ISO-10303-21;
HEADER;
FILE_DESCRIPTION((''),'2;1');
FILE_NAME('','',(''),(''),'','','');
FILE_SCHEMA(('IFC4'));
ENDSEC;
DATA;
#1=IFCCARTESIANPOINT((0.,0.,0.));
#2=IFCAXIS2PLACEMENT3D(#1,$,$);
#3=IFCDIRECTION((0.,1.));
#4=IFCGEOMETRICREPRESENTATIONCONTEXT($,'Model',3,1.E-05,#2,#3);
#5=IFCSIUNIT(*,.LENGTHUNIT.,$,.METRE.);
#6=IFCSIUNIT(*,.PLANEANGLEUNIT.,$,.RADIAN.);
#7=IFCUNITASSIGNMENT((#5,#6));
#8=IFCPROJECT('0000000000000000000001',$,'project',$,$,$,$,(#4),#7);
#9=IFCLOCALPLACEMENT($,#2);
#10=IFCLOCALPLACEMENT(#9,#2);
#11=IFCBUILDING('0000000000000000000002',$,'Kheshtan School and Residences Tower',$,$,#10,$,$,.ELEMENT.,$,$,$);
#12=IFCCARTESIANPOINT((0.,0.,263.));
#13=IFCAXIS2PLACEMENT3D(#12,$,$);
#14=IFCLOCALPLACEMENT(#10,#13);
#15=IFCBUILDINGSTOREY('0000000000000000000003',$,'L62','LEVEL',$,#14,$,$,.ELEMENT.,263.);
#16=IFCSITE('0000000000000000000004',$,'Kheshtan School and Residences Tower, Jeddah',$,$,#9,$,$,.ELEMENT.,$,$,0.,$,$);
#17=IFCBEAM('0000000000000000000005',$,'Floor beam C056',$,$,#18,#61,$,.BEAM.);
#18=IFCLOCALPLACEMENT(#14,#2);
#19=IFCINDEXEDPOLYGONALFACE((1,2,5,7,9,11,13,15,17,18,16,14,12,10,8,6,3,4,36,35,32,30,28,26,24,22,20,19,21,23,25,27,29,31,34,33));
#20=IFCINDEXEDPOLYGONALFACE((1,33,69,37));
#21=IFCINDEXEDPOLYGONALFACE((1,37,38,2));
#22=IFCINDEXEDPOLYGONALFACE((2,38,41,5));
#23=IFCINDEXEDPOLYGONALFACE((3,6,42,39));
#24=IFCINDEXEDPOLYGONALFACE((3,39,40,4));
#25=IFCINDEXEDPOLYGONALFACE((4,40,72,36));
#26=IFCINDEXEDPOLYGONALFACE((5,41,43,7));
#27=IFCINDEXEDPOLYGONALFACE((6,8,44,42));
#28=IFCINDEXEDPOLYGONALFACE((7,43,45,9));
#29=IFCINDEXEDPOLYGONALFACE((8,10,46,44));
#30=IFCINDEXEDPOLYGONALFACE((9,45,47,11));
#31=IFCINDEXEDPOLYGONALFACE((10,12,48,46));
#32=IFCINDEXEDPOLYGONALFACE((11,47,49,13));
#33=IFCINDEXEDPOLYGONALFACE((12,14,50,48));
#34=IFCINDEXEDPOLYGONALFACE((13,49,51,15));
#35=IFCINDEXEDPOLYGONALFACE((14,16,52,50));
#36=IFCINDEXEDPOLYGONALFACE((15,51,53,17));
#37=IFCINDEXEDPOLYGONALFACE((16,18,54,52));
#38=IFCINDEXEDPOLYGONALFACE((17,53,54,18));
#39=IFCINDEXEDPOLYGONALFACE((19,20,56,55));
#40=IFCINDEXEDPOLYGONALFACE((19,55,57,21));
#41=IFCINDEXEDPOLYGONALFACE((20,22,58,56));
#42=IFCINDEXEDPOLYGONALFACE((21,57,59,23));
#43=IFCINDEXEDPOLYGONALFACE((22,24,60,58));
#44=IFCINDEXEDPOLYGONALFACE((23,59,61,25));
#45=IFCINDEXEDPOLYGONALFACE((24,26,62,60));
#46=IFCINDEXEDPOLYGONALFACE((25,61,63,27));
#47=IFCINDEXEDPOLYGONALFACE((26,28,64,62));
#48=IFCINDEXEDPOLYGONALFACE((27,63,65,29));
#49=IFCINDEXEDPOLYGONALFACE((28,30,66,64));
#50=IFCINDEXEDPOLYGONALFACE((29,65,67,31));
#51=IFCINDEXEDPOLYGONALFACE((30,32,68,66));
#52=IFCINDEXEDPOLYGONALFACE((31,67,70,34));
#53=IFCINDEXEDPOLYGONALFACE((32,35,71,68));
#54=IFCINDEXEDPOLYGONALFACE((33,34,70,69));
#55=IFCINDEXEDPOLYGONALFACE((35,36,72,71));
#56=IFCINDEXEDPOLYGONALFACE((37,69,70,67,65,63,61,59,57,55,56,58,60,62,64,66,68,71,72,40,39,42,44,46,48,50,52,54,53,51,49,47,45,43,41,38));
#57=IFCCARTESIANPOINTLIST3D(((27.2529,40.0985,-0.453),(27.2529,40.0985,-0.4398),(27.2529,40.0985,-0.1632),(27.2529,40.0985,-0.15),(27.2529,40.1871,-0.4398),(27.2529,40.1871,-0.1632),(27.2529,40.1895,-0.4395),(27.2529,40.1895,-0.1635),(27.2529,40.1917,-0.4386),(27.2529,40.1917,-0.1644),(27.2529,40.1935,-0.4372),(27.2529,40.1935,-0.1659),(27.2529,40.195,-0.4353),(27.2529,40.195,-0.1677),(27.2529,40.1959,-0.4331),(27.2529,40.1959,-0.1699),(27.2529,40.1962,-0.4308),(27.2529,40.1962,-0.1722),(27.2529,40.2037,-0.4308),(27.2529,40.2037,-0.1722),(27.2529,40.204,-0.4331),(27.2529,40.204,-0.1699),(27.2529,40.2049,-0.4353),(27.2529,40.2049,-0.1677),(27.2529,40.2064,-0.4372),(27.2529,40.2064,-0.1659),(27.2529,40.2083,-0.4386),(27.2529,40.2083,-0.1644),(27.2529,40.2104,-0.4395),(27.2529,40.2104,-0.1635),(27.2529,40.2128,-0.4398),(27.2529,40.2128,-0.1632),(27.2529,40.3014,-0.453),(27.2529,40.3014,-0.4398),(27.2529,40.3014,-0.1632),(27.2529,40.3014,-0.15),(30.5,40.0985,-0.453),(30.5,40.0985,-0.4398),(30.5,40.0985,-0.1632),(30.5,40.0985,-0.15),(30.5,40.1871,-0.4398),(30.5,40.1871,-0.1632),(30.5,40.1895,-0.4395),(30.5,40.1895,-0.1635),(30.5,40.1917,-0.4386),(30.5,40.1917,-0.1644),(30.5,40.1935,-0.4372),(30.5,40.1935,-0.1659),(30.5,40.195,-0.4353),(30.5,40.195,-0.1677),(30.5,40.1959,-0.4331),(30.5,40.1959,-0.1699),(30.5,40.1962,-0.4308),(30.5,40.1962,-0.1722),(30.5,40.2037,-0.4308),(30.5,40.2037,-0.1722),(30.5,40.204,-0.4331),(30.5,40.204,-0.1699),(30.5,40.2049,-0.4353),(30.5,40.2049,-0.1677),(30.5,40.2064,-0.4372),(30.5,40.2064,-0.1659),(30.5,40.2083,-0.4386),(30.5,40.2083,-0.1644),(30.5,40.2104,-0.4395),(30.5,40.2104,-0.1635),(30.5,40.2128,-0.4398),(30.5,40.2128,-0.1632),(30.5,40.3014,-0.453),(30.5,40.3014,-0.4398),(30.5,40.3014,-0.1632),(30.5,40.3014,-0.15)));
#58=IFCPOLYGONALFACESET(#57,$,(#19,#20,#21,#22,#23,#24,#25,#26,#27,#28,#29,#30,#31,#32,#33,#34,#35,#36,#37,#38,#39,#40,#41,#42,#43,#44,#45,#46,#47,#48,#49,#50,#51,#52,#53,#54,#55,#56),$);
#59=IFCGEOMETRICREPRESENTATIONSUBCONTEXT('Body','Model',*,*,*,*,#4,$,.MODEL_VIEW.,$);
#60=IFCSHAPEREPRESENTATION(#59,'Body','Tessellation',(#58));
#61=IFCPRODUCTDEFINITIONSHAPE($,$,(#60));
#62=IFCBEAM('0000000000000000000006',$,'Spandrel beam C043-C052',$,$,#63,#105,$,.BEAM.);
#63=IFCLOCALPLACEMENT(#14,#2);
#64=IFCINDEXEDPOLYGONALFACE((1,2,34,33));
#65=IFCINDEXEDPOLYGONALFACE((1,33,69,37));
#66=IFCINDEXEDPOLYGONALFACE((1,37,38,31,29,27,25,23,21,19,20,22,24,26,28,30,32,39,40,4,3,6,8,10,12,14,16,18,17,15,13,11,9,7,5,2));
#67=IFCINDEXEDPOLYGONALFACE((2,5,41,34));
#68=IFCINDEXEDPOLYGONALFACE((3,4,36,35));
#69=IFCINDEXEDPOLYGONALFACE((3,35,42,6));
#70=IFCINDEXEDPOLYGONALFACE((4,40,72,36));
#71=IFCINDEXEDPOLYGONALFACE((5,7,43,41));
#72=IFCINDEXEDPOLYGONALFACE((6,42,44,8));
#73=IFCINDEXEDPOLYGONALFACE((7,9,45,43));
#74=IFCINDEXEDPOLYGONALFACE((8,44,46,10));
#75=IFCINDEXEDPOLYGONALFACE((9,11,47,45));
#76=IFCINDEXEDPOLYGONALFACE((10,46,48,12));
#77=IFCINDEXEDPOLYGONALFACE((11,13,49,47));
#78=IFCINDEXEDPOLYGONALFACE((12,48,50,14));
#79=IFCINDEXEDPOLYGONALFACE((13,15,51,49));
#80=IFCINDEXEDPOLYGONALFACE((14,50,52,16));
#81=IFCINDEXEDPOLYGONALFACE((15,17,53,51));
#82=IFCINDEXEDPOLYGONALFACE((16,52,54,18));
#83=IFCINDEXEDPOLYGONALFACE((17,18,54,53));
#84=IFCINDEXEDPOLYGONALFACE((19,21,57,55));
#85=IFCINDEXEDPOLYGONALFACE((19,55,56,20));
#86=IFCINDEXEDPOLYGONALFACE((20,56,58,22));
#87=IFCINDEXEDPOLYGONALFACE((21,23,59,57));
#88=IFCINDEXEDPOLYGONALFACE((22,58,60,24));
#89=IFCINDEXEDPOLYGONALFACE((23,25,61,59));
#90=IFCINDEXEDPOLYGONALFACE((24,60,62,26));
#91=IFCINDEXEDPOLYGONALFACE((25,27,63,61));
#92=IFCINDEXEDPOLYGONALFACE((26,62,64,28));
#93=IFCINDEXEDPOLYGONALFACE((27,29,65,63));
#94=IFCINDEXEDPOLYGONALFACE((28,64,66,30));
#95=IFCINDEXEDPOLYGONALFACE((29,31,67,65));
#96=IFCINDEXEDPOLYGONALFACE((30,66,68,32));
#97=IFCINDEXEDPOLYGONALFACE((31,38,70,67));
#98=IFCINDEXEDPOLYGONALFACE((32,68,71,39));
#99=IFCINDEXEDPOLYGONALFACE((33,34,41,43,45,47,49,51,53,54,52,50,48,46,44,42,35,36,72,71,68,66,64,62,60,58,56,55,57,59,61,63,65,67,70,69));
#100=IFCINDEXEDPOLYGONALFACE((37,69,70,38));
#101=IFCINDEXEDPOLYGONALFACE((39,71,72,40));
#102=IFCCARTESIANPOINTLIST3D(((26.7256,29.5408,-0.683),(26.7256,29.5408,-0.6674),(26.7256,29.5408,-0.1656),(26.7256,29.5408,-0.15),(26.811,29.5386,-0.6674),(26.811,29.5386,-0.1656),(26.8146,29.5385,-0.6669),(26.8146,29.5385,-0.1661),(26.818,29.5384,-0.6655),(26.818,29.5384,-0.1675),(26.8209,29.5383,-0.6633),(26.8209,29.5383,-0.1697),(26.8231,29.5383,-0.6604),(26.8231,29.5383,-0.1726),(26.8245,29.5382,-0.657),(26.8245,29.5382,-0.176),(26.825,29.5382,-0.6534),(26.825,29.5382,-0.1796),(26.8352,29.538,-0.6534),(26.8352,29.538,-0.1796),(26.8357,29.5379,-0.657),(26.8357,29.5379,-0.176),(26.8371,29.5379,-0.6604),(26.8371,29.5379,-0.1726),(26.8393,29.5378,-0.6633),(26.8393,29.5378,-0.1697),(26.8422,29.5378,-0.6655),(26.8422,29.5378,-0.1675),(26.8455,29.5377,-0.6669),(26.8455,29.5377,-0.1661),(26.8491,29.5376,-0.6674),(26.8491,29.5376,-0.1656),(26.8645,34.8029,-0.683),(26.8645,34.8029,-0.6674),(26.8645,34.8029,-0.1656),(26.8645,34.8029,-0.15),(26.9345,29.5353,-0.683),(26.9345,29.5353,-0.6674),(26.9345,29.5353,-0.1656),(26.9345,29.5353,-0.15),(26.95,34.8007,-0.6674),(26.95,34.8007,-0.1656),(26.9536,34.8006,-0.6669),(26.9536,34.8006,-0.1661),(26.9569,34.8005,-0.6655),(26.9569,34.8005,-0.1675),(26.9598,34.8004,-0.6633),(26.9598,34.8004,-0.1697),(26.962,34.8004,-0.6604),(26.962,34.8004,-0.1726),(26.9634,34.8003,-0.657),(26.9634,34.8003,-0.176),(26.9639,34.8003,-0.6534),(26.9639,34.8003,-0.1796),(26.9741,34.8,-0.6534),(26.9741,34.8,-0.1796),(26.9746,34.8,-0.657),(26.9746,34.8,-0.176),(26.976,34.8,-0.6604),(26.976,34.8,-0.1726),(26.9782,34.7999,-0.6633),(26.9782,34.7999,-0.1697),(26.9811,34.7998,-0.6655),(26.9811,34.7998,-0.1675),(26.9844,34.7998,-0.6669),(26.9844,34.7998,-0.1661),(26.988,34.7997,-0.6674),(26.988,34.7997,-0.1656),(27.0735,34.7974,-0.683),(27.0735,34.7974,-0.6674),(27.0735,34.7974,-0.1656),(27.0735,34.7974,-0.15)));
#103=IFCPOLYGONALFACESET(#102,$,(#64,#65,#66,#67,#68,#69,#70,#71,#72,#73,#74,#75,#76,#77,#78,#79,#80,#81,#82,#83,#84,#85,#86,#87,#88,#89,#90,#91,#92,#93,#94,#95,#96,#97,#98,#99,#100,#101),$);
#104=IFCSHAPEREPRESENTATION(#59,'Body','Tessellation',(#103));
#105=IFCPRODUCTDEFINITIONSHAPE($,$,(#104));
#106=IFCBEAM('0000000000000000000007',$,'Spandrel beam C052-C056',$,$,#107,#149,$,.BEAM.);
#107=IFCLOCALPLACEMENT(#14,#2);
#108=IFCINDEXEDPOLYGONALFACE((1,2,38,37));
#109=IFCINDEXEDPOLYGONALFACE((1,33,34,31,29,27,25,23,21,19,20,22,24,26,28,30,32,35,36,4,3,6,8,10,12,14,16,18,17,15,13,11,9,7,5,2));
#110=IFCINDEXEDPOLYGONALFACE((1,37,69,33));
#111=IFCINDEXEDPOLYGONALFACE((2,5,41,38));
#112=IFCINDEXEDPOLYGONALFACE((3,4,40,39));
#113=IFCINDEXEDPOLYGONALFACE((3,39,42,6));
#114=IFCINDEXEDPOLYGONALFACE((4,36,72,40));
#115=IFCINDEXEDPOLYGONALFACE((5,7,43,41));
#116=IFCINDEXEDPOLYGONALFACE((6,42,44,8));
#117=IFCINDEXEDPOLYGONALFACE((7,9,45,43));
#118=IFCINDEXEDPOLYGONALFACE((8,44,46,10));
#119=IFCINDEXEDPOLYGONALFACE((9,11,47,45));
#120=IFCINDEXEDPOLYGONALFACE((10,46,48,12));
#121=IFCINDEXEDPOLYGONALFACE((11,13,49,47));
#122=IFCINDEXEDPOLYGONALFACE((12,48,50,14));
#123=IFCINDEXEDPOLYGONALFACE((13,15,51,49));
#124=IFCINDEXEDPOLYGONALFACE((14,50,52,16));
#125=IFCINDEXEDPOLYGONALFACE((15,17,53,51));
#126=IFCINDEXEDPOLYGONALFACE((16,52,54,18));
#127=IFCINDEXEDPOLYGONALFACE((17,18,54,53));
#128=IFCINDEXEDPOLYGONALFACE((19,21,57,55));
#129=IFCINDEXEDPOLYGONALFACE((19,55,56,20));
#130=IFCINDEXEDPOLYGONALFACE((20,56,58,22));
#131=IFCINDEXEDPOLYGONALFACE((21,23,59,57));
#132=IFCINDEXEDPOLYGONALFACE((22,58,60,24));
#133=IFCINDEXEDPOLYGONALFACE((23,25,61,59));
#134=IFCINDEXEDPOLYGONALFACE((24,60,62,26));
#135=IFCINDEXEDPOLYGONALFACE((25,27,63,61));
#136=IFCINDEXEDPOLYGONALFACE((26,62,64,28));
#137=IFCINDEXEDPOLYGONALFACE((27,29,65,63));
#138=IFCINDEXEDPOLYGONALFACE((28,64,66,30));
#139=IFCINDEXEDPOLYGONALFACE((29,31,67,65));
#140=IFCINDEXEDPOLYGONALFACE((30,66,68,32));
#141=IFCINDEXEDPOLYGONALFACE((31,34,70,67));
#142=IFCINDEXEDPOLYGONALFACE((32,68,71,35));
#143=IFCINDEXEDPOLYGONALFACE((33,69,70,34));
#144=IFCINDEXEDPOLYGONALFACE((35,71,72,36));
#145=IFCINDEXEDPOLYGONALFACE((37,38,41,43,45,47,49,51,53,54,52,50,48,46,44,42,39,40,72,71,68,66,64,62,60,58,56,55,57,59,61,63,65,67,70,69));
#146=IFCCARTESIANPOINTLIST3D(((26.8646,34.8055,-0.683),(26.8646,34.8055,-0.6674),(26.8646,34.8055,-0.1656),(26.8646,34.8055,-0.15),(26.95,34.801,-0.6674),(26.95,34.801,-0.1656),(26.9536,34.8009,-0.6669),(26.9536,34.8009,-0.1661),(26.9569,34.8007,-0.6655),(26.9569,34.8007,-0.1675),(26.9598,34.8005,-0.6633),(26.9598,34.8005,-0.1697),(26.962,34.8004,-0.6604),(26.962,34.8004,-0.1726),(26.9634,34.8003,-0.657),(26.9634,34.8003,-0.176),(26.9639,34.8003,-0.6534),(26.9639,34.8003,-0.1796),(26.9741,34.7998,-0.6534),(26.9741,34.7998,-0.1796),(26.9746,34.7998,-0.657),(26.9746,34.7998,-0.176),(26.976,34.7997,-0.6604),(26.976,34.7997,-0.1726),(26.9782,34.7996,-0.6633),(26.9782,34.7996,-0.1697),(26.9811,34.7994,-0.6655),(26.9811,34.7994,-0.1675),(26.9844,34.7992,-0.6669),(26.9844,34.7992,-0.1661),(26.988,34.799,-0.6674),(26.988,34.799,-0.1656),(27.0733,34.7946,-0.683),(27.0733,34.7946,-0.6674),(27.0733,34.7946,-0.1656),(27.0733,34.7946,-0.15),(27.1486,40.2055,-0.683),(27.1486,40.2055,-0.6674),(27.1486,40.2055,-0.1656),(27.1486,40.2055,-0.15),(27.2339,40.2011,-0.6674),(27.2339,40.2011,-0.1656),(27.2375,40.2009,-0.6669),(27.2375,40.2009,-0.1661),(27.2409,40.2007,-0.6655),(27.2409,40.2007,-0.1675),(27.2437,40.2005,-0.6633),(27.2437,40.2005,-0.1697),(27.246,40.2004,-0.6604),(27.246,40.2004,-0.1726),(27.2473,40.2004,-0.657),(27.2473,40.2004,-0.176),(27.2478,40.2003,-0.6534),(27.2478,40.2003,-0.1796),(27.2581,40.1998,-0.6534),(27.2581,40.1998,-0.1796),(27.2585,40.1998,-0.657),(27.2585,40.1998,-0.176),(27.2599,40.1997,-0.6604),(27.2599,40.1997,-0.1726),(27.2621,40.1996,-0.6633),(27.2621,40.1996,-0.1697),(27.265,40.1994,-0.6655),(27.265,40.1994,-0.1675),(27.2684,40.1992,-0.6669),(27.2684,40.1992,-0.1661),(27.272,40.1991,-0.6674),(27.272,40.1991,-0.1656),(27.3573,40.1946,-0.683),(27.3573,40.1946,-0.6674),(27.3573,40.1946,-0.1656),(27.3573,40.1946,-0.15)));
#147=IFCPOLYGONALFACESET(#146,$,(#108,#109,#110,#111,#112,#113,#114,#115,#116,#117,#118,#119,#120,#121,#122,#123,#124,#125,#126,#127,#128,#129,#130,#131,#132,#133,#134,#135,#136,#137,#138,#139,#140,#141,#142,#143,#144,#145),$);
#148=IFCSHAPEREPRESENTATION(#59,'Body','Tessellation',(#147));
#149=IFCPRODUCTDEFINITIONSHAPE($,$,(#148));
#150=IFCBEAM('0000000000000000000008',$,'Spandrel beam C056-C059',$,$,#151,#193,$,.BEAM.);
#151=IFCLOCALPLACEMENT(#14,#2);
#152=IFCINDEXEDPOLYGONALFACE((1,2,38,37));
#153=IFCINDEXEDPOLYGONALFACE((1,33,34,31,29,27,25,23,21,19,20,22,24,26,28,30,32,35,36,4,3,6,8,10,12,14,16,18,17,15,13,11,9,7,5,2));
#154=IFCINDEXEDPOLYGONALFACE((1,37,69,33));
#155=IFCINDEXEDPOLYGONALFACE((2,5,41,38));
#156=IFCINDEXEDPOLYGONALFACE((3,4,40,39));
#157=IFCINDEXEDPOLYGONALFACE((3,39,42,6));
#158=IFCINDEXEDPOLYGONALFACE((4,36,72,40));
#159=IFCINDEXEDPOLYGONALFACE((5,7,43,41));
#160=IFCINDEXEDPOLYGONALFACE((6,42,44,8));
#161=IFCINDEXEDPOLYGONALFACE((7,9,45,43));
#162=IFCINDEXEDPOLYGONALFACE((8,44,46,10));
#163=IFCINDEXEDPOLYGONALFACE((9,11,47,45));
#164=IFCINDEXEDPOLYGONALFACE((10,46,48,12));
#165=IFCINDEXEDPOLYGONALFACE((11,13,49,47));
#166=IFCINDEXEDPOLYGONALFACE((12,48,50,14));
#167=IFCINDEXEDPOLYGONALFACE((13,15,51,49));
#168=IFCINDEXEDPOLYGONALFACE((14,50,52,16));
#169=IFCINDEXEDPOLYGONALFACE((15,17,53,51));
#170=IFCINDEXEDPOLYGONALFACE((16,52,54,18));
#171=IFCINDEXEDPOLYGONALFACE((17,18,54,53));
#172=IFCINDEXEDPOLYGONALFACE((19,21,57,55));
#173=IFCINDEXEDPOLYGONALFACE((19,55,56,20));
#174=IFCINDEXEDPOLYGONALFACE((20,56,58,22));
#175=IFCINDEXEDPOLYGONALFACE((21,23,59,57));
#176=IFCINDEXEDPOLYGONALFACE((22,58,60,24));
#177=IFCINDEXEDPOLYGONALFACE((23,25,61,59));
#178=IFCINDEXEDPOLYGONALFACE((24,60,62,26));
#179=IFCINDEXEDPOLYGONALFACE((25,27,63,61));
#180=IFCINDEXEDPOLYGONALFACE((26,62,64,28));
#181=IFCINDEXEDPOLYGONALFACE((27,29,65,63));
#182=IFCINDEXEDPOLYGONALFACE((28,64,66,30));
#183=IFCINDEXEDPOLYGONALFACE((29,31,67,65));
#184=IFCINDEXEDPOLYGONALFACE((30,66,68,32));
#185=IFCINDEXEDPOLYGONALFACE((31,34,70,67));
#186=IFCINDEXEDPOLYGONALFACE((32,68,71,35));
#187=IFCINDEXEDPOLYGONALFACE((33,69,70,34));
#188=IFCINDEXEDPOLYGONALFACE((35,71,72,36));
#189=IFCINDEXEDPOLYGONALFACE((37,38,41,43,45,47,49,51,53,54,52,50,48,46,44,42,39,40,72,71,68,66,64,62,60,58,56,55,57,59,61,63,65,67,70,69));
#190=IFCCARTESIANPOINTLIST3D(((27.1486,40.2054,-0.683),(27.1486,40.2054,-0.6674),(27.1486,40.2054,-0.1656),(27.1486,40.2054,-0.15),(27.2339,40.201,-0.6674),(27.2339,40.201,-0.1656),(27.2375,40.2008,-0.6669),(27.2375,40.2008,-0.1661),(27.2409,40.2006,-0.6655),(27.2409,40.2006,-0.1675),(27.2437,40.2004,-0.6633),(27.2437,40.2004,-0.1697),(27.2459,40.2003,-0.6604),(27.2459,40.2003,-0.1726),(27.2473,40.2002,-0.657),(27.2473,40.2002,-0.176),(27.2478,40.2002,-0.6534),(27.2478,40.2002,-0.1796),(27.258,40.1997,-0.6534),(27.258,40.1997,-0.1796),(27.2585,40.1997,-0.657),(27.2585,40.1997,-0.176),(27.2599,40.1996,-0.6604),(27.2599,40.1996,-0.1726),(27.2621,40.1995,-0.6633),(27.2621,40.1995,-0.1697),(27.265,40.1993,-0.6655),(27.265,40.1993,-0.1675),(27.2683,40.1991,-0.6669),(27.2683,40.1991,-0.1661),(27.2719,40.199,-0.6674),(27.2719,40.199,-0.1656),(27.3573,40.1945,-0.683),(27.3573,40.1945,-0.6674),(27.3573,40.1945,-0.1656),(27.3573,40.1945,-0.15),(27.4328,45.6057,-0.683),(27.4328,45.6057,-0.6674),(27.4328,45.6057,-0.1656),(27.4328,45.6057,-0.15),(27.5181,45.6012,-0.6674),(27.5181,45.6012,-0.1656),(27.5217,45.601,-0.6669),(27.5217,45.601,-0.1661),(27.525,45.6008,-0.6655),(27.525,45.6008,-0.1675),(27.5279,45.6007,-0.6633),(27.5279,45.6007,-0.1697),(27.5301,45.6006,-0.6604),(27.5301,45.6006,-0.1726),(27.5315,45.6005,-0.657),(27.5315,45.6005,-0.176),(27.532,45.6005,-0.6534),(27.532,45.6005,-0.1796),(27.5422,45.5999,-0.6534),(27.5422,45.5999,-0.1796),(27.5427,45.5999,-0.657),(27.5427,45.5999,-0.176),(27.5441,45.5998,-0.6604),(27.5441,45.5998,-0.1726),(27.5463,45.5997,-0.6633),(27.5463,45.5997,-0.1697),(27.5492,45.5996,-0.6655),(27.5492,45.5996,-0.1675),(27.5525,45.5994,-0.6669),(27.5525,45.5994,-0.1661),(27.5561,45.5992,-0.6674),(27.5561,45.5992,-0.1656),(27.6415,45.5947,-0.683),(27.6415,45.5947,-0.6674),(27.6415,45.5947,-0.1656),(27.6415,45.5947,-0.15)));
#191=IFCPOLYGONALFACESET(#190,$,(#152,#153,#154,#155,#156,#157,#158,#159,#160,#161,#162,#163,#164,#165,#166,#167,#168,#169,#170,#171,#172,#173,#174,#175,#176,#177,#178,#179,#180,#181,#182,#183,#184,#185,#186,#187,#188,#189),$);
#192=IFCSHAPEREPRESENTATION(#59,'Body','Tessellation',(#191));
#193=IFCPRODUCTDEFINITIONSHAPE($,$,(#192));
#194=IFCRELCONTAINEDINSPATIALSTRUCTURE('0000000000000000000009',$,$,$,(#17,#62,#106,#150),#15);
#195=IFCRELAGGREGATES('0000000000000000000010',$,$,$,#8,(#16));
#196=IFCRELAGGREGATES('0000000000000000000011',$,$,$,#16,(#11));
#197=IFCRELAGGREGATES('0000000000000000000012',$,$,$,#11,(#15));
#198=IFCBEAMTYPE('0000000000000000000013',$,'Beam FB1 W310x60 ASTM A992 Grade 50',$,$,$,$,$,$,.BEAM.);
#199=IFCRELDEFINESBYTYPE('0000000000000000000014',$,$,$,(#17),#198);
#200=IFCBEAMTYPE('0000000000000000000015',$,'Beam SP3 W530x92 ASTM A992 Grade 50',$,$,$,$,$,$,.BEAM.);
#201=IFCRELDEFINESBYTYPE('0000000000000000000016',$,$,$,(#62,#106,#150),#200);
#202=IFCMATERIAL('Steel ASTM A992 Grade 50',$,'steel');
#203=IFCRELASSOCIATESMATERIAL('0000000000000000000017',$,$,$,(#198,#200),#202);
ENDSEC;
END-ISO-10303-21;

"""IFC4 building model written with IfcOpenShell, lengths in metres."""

from ifc_helpers import new_model, si_unit, direction, frame, origin, origin_2d, place, context, subcontext, project, spatial, i_section, extrude, material, material_profile, profile_set, type_object, element, save


model = new_model("IFC4")

# Units and contexts
model_context = context("Model", 3, precision=1e-05, world=origin(), true_north=direction((0.0, 1.0)))
body_context = subcontext(model_context, "Body", "Model", "MODEL_VIEW")
ifc_project = project(units=[si_unit("LENGTHUNIT", "METRE"), si_unit("PLANEANGLEUNIT", "RADIAN")], contexts=[model_context])

# Site, building, storey
site_placement = place(None, origin())
site = spatial("IfcSite", under=ifc_project, at=site_placement, Name="Kheshtan School and Residences Tower, Jeddah", CompositionType="ELEMENT", RefElevation=0.0)
building_placement = place(site_placement, origin())
building = spatial("IfcBuilding", under=site, at=building_placement, Name="Kheshtan School and Residences Tower", CompositionType="ELEMENT")
storey_placement = place(building_placement, frame((0.0, 0.0, 263.0)))
storey = spatial("IfcBuildingStorey", under=building, at=storey_placement, Name="L62", Description="LEVEL", CompositionType="ELEMENT", Elevation=263.0)

# Shared definitions
ifc_material_1 = material(Name="Steel ASTM A992 Grade 50", Category="steel")

# Beams
ifc_material_profile_1 = material_profile(ifc_material_1, i_section(OverallWidth=0.2029, OverallDepth=0.303, WebThickness=0.0076, FlangeThickness=0.0132, FilletRadius=0.009, at=origin_2d()), Name="W310x60")
ifc_profile_set_1 = profile_set([ifc_material_profile_1], Name="Steel ASTM A992 Grade 50")
beam_type_1 = type_object("IfcBeamType", Name="Beam FB1 W310x60 ASTM A992 Grade 50", PredefinedType="BEAM", material=ifc_profile_set_1)
beam_1_placement = place(storey_placement, frame((27.2529, 40.2, -0.3015), z_axis=(1.0, 0.0, 0.0), x_axis=(0.0, 1.0, 0.0)))
element("IfcBeam", 1, at=beam_1_placement, inside=storey, type_object=beam_type_1, Name="Floor beam C056", PredefinedType="BEAM", context=body_context, shape_type="SweptSolid", body=[
    extrude(i_section(OverallWidth=0.2029, OverallDepth=0.303, WebThickness=0.0076, FlangeThickness=0.0132, FilletRadius=0.009, at=origin_2d()), origin(), (0.0, 0.0, 1.0), 3.2471),
])
ifc_material_profile_2 = material_profile(ifc_material_1, i_section(OverallWidth=0.209, OverallDepth=0.533, WebThickness=0.0103, FlangeThickness=0.0156, FilletRadius=0.0139, at=origin_2d()), Name="W530x92")
ifc_profile_set_2 = profile_set([ifc_material_profile_2], Name="Steel ASTM A992 Grade 50")
beam_type_2 = type_object("IfcBeamType", Name="Beam SP3 W530x92 ASTM A992 Grade 50", PredefinedType="BEAM", material=ifc_profile_set_2)
beam_2_placement = place(storey_placement, frame((26.8301, 29.5381, -0.4165), z_axis=(0.026391, 0.999652, 0.0), x_axis=(-0.999652, 0.026391, 0.0)))
element("IfcBeam", 2, at=beam_2_placement, inside=storey, type_object=beam_type_2, Name="Spandrel beam C043-C052", PredefinedType="BEAM", context=body_context, shape_type="SweptSolid", body=[
    extrude(i_section(OverallWidth=0.209, OverallDepth=0.533, WebThickness=0.0103, FlangeThickness=0.0156, FilletRadius=0.0139, at=origin_2d()), origin(), (0.0, 0.0, 1.0), 5.2639),
])
beam_3_placement = place(storey_placement, frame((26.969, 34.8, -0.4165), z_axis=(0.052509, 0.99862, 0.0), x_axis=(-0.99862, 0.052509, 0.0)))
element("IfcBeam", 3, at=beam_3_placement, inside=storey, type_object=beam_type_2, Name="Spandrel beam C052-C056", PredefinedType="BEAM", context=body_context, shape_type="SweptSolid", body=[
    extrude(i_section(OverallWidth=0.209, OverallDepth=0.533, WebThickness=0.0103, FlangeThickness=0.0156, FilletRadius=0.0139, at=origin_2d()), origin(), (0.0, 0.0, 1.0), 5.4075),
])
beam_4_placement = place(storey_placement, frame((27.2529, 40.2, -0.4165), z_axis=(0.052552, 0.998618, 0.0), x_axis=(-0.998618, 0.052552, 0.0)))
element("IfcBeam", 4, at=beam_4_placement, inside=storey, type_object=beam_type_2, Name="Spandrel beam C056-C059", PredefinedType="BEAM", context=body_context, shape_type="SweptSolid", body=[
    extrude(i_section(OverallWidth=0.209, OverallDepth=0.533, WebThickness=0.0103, FlangeThickness=0.0156, FilletRadius=0.0139, at=origin_2d()), origin(), (0.0, 0.0, 1.0), 5.4077),
])

save(model, "model.ifc")
